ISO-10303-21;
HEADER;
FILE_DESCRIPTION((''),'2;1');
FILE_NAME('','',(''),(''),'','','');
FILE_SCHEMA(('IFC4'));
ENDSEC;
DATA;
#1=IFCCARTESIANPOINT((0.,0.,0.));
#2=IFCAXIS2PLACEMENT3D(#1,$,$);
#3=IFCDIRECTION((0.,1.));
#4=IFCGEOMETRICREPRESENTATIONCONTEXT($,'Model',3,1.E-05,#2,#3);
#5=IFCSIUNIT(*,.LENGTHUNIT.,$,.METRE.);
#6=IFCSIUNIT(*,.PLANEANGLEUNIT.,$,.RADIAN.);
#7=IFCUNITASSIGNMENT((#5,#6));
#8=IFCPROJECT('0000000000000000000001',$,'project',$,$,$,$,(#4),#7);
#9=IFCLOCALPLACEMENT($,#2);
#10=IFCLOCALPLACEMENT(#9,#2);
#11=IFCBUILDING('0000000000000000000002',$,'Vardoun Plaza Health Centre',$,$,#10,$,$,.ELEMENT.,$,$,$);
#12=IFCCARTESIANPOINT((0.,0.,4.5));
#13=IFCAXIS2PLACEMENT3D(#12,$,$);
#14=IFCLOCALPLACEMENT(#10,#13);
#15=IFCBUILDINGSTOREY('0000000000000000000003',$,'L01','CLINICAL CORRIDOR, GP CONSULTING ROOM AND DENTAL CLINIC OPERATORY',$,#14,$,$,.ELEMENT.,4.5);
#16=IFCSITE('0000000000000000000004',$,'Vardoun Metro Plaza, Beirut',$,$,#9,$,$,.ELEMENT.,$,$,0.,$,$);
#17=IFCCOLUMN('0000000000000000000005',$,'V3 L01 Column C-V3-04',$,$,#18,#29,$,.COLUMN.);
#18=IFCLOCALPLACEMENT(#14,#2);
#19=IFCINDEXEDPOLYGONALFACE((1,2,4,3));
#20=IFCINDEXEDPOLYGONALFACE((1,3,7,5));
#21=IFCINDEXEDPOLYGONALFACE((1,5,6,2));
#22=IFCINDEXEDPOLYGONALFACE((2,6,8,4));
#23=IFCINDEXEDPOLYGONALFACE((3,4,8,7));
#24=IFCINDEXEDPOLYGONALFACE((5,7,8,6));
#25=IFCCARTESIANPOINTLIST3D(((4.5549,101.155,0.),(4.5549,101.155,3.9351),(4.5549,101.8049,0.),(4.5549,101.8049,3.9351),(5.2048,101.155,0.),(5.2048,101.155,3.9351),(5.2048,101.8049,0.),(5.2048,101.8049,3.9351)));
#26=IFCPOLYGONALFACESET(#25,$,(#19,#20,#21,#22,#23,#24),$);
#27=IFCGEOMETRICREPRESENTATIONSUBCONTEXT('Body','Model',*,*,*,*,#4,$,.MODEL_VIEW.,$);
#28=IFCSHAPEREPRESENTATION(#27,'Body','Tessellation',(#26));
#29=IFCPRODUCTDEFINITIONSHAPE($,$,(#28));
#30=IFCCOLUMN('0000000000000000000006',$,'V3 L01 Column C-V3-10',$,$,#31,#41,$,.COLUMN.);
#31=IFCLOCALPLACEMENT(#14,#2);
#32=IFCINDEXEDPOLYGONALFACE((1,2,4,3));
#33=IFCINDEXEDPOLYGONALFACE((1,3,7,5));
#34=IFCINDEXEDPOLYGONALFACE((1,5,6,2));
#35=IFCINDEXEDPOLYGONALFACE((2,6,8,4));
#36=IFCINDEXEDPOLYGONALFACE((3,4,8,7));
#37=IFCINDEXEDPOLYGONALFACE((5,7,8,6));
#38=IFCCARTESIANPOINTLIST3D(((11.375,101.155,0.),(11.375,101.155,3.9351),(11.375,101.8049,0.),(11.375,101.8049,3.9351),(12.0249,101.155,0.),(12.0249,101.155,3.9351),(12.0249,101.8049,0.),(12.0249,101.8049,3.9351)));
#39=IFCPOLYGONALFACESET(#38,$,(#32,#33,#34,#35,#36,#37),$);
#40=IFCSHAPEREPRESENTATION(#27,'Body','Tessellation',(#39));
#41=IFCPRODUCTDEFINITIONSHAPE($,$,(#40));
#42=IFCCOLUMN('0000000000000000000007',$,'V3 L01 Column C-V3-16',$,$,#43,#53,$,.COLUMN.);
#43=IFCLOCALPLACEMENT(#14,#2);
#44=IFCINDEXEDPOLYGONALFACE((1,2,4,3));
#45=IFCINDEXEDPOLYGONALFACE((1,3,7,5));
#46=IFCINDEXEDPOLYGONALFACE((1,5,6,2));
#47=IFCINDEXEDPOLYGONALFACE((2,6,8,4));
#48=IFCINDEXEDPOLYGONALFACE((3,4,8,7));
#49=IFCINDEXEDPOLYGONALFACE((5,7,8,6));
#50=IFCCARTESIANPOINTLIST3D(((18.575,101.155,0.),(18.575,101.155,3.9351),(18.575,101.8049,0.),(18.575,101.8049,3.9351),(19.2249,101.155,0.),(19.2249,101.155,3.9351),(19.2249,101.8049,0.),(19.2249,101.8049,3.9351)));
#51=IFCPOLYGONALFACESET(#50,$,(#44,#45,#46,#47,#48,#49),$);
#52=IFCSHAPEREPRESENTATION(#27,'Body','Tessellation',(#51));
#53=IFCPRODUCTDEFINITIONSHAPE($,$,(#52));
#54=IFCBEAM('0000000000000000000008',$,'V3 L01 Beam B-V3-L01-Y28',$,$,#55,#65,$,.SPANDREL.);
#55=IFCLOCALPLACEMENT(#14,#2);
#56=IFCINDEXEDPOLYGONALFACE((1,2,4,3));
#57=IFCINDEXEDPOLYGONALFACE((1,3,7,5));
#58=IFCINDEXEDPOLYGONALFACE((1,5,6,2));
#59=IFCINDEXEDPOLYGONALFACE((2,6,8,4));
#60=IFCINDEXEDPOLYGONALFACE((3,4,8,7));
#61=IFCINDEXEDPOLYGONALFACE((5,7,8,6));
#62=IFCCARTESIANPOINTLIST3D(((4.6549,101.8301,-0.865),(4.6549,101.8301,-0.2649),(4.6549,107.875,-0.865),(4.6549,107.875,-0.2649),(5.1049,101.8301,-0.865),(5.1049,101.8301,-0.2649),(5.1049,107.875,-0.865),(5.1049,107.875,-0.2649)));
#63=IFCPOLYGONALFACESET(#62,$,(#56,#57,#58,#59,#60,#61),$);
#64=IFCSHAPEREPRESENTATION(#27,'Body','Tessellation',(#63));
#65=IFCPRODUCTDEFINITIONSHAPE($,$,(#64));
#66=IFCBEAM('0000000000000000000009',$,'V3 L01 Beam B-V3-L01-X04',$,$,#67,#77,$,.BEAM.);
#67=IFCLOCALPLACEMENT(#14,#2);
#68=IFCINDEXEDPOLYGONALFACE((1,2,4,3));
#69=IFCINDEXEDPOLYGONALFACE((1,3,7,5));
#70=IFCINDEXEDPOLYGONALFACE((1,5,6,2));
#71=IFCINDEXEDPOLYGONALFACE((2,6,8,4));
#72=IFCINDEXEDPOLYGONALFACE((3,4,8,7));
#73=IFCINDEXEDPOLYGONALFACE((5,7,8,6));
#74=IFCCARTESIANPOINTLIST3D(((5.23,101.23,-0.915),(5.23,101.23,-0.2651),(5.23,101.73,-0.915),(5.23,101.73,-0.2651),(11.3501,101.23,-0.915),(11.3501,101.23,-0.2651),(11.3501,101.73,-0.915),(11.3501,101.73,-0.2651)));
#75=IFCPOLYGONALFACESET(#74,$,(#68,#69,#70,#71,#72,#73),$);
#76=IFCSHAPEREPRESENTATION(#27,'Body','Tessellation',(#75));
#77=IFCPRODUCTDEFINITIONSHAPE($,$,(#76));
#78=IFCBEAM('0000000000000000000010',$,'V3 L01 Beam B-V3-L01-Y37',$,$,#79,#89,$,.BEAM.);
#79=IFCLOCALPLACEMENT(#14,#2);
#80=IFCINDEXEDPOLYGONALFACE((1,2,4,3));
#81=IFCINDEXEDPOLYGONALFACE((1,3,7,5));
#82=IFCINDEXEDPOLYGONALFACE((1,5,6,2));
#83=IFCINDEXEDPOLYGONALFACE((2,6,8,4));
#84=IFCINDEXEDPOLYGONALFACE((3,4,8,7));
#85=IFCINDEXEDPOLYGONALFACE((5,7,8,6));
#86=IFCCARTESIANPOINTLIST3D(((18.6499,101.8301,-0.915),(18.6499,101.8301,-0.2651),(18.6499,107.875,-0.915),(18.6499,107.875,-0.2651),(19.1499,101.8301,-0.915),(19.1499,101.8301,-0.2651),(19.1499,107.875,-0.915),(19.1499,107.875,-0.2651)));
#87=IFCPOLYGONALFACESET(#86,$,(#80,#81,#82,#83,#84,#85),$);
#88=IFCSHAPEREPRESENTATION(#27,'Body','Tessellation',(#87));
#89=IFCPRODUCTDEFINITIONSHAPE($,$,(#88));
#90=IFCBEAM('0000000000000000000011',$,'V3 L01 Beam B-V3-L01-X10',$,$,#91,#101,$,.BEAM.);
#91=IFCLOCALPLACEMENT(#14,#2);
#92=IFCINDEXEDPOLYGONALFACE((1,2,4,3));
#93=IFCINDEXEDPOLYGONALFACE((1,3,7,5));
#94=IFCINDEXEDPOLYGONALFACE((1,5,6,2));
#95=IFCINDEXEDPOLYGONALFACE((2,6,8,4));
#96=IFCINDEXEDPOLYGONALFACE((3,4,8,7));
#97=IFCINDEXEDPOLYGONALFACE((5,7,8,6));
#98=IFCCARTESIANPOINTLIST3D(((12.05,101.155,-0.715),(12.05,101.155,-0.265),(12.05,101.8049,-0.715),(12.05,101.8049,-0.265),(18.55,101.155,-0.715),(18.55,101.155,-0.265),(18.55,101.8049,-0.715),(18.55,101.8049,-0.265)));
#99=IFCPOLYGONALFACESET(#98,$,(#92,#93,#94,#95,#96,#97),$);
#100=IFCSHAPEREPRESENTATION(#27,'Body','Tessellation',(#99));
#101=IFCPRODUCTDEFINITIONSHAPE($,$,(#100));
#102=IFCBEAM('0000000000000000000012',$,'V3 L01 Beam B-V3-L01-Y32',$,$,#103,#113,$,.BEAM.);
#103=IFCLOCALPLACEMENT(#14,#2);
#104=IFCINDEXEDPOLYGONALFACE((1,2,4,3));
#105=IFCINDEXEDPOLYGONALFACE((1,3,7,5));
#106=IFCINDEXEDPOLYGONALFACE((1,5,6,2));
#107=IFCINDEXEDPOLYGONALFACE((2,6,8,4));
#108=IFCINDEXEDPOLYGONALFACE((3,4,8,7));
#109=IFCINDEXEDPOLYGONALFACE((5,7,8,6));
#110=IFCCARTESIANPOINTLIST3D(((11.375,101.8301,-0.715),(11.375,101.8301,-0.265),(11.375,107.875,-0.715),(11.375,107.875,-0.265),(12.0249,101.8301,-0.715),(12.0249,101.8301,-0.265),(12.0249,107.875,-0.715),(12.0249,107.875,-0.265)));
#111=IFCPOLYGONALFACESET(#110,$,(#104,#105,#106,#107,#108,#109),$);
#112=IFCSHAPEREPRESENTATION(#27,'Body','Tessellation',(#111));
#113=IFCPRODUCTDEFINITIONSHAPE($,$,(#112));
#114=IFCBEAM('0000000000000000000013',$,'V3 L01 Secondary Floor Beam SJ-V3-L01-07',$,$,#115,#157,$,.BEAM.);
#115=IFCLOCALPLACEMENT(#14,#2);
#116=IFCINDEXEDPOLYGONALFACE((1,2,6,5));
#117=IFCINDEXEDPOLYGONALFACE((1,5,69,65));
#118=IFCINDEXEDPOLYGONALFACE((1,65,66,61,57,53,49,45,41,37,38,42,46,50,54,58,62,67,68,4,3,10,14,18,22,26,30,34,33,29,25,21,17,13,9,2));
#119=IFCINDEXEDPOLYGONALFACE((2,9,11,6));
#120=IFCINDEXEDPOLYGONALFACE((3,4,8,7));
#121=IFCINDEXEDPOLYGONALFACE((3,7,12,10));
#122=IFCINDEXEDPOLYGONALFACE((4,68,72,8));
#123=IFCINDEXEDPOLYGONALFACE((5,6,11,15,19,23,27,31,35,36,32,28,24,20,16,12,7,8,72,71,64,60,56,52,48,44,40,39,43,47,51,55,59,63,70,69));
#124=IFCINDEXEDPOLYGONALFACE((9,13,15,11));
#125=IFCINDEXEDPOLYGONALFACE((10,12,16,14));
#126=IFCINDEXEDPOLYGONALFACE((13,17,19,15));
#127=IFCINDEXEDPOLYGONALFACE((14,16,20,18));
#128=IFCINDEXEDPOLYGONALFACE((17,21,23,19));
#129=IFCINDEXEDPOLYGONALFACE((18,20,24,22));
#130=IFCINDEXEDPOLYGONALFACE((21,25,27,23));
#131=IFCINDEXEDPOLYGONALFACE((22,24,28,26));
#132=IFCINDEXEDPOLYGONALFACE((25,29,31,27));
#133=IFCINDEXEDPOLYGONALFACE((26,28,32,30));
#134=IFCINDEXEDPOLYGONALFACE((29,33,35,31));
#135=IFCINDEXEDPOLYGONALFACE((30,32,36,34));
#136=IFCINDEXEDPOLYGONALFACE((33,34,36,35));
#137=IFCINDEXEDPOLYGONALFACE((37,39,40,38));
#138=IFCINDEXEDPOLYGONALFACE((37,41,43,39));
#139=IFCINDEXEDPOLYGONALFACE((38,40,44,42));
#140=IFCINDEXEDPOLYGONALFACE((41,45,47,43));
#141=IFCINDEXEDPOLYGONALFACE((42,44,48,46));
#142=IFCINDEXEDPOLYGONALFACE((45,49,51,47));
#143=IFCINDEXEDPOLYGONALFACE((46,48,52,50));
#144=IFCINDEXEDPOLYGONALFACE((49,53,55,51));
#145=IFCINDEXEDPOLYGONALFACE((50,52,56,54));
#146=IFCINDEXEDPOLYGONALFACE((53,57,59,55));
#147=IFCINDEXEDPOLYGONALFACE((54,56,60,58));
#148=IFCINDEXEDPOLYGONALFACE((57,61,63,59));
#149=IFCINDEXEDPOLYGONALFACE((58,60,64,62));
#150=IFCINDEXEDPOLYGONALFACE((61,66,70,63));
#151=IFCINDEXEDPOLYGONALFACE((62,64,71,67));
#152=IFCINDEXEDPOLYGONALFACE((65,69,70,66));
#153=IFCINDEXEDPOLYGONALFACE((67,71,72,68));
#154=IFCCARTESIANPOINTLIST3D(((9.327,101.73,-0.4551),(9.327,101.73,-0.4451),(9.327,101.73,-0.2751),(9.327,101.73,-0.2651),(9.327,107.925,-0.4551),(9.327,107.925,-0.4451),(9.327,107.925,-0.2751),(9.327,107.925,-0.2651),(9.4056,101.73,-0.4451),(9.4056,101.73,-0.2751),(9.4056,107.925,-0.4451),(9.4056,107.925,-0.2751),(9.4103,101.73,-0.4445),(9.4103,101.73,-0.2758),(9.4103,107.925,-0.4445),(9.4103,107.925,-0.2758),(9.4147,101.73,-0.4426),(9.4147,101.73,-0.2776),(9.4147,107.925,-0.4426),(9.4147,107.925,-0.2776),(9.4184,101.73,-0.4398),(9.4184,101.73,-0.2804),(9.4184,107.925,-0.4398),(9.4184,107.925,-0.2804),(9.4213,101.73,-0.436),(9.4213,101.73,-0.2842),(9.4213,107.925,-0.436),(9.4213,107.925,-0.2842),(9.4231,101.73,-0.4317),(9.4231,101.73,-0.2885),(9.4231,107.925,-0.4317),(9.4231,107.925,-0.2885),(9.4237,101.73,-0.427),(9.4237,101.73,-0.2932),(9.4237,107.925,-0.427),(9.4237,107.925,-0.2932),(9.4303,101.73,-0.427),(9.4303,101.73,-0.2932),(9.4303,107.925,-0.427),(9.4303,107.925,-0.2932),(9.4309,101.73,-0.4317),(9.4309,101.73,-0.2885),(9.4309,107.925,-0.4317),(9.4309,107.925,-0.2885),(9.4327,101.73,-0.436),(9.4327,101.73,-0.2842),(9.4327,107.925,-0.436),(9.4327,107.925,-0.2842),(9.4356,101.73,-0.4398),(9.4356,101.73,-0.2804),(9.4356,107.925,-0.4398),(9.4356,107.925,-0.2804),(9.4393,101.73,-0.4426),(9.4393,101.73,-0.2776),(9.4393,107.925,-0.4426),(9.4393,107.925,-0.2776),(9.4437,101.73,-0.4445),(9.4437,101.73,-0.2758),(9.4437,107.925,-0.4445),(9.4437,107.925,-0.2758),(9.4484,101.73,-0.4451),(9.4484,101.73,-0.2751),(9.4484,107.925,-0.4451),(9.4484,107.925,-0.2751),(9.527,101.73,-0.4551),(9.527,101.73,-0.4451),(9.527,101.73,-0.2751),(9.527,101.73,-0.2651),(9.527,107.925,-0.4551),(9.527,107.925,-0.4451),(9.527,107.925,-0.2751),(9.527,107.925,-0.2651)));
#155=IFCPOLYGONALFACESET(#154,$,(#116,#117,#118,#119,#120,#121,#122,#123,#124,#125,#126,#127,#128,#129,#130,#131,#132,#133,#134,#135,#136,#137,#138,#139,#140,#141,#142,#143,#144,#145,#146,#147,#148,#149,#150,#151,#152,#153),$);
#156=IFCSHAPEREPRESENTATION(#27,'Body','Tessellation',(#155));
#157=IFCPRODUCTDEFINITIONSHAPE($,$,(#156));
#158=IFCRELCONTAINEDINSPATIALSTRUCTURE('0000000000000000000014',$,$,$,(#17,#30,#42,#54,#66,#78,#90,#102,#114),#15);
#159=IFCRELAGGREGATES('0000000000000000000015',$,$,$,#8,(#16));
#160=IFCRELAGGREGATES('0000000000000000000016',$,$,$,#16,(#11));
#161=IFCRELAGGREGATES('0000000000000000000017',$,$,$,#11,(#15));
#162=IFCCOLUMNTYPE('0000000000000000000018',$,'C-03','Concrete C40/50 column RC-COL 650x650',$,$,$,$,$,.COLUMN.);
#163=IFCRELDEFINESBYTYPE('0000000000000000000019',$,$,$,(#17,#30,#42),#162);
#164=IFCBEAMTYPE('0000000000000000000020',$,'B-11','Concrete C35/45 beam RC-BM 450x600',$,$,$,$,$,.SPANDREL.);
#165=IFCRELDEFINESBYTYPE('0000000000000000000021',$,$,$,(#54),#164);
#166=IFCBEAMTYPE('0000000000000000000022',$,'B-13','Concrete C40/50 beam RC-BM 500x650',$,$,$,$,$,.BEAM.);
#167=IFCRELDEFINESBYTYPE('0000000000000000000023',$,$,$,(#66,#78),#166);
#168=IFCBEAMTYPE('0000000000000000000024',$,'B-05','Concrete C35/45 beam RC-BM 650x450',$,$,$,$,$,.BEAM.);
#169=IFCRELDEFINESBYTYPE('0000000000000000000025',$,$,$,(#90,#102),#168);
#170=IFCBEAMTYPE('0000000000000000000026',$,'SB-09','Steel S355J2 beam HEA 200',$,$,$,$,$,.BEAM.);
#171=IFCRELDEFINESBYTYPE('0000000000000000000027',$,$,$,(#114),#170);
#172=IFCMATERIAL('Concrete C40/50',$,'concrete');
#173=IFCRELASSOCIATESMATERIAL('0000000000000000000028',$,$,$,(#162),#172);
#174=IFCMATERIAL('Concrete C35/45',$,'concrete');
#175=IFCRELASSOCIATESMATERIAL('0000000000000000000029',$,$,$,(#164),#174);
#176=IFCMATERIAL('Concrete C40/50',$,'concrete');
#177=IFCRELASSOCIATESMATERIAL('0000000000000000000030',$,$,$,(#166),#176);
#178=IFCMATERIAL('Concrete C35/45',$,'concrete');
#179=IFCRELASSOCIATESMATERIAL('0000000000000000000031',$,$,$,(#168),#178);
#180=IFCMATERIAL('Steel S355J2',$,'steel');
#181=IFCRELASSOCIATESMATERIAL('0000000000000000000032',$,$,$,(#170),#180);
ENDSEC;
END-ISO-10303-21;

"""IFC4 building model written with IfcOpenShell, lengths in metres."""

from ifc_helpers import new_model, si_unit, direction, frame, origin, origin_2d, place, context, subcontext, project, spatial, rectangle, i_section, extrude, material, material_profile, profile_set, type_object, element, save


model = new_model("IFC4")

# Units and contexts
model_context = context("Model", 3, precision=1e-05, world=origin(), true_north=direction((0.0, 1.0)))
body_context = subcontext(model_context, "Body", "Model", "MODEL_VIEW")
ifc_project = project(units=[si_unit("LENGTHUNIT", "METRE"), si_unit("PLANEANGLEUNIT", "RADIAN")], contexts=[model_context])

# Site, building, storey
site_placement = place(None, origin())
site = spatial("IfcSite", under=ifc_project, at=site_placement, Name="Vardoun Metro Plaza, Beirut", CompositionType="ELEMENT", RefElevation=0.0)
building_placement = place(site_placement, origin())
building = spatial("IfcBuilding", under=site, at=building_placement, Name="Vardoun Plaza Health Centre", CompositionType="ELEMENT")
storey_placement = place(building_placement, frame((0.0, 0.0, 4.5)))
storey = spatial("IfcBuildingStorey", under=building, at=storey_placement, Name="L01", Description="CLINICAL CORRIDOR, GP CONSULTING ROOM AND DENTAL CLINIC OPERATORY", CompositionType="ELEMENT", Elevation=4.5)

# Columns
ifc_material_1 = material(Name="Concrete C40/50", Category="concrete")
ifc_material_profile_1 = material_profile(ifc_material_1, rectangle(XDim=0.6499, YDim=0.6499, at=origin_2d()), Name="RC-COL 650x650")
ifc_profile_set_1 = profile_set([ifc_material_profile_1], Name="Concrete C40/50")
column_type = type_object("IfcColumnType", Name="C-03", Description="Concrete C40/50 column RC-COL 650x650", PredefinedType="COLUMN", material=ifc_profile_set_1)
for number, where, z_axis, x_axis, name in (
    (1, (4.8799, 101.48, 0.0), (0.0, 0.0, 1.0), (1.0, 0.0, 0.0), "V3 L01 Column C-V3-04"),
    (2, (11.7, 101.48, 0.0), (0.0, 0.0, 1.0), (1.0, 0.0, 0.0), "V3 L01 Column C-V3-10"),
    (3, (18.8999, 101.48, 0.0), (0.0, 0.0, 1.0), (1.0, 0.0, 0.0), "V3 L01 Column C-V3-16"),
):
    element("IfcColumn", number, at=place(storey_placement, frame(where, z_axis=z_axis, x_axis=x_axis)), inside=storey, type_object=column_type, Name=name, PredefinedType="COLUMN", context=body_context, shape_type="SweptSolid", body=[
        extrude(rectangle(XDim=0.6499, YDim=0.6499, at=origin_2d()), origin(), (0.0, 0.0, 1.0), 3.9351),
    ])

# Beams
ifc_material_2 = material(Name="Concrete C35/45", Category="concrete")
ifc_material_profile_2 = material_profile(ifc_material_2, rectangle(XDim=0.45, YDim=0.6001, at=origin_2d()), Name="RC-BM 450x600")
ifc_profile_set_2 = profile_set([ifc_material_profile_2], Name="Concrete C35/45")
beam_type_1 = type_object("IfcBeamType", Name="B-11", Description="Concrete C35/45 beam RC-BM 450x600", PredefinedType="SPANDREL", material=ifc_profile_set_2)
beam_1_placement = place(storey_placement, frame((4.8799, 101.8301, -0.5649), z_axis=(0.0, 1.0, 0.0), x_axis=(-1.0, 0.0, 0.0)))
element("IfcBeam", 4, at=beam_1_placement, inside=storey, type_object=beam_type_1, Name="V3 L01 Beam B-V3-L01-Y28", PredefinedType="SPANDREL", context=body_context, shape_type="SweptSolid", body=[
    extrude(rectangle(XDim=0.45, YDim=0.6001, at=origin_2d()), origin(), (0.0, 0.0, 1.0), 6.0449),
])
ifc_material_3 = material(Name="Concrete C40/50", Category="concrete")
ifc_material_profile_3 = material_profile(ifc_material_3, rectangle(XDim=0.5, YDim=0.6499, at=origin_2d()), Name="RC-BM 500x650")
ifc_profile_set_3 = profile_set([ifc_material_profile_3], Name="Concrete C40/50")
beam_type_2 = type_object("IfcBeamType", Name="B-13", Description="Concrete C40/50 beam RC-BM 500x650", PredefinedType="BEAM", material=ifc_profile_set_3)
beam_2_placement = place(storey_placement, frame((5.23, 101.48, -0.5901), z_axis=(1.0, 0.0, 0.0), x_axis=(0.0, 1.0, 0.0)))
element("IfcBeam", 5, at=beam_2_placement, inside=storey, type_object=beam_type_2, Name="V3 L01 Beam B-V3-L01-X04", PredefinedType="BEAM", context=body_context, shape_type="SweptSolid", body=[
    extrude(rectangle(XDim=0.5, YDim=0.6499, at=origin_2d()), origin(), (0.0, 0.0, 1.0), 6.1201),
])
beam_3_placement = place(storey_placement, frame((18.8999, 101.8301, -0.5901), z_axis=(0.0, 1.0, 0.0), x_axis=(-1.0, 0.0, 0.0)))
element("IfcBeam", 6, at=beam_3_placement, inside=storey, type_object=beam_type_2, Name="V3 L01 Beam B-V3-L01-Y37", PredefinedType="BEAM", context=body_context, shape_type="SweptSolid", body=[
    extrude(rectangle(XDim=0.5, YDim=0.6499, at=origin_2d()), origin(), (0.0, 0.0, 1.0), 6.0449),
])
ifc_material_4 = material(Name="Concrete C35/45", Category="concrete")
ifc_material_profile_4 = material_profile(ifc_material_4, rectangle(XDim=0.6499, YDim=0.45, at=origin_2d()), Name="RC-BM 650x450")
ifc_profile_set_4 = profile_set([ifc_material_profile_4], Name="Concrete C35/45")
beam_type_3 = type_object("IfcBeamType", Name="B-05", Description="Concrete C35/45 beam RC-BM 650x450", PredefinedType="BEAM", material=ifc_profile_set_4)
beam_4_placement = place(storey_placement, frame((12.05, 101.48, -0.49), z_axis=(1.0, 0.0, 0.0), x_axis=(0.0, 1.0, 0.0)))
element("IfcBeam", 7, at=beam_4_placement, inside=storey, type_object=beam_type_3, Name="V3 L01 Beam B-V3-L01-X10", PredefinedType="BEAM", context=body_context, shape_type="SweptSolid", body=[
    extrude(rectangle(XDim=0.6499, YDim=0.45, at=origin_2d()), origin(), (0.0, 0.0, 1.0), 6.5),
])
beam_5_placement = place(storey_placement, frame((11.7, 101.8301, -0.49), z_axis=(0.0, 1.0, 0.0), x_axis=(-1.0, 0.0, 0.0)))
element("IfcBeam", 8, at=beam_5_placement, inside=storey, type_object=beam_type_3, Name="V3 L01 Beam B-V3-L01-Y32", PredefinedType="BEAM", context=body_context, shape_type="SweptSolid", body=[
    extrude(rectangle(XDim=0.6499, YDim=0.45, at=origin_2d()), origin(), (0.0, 0.0, 1.0), 6.0449),
])
ifc_material_5 = material(Name="Steel S355J2", Category="steel")
ifc_material_profile_5 = material_profile(ifc_material_5, i_section(OverallWidth=0.2, OverallDepth=0.1899, WebThickness=0.0066, FlangeThickness=0.01, FilletRadius=0.0181, at=origin_2d()), Name="HEA 200")
ifc_profile_set_5 = profile_set([ifc_material_profile_5], Name="Steel S355J2")
beam_type_4 = type_object("IfcBeamType", Name="SB-09", Description="Steel S355J2 beam HEA 200", PredefinedType="BEAM", material=ifc_profile_set_5)
beam_6_placement = place(storey_placement, frame((9.427, 101.73, -0.3601), z_axis=(0.0, 1.0, 0.0), x_axis=(-1.0, 0.0, 0.0)))
element("IfcBeam", 9, at=beam_6_placement, inside=storey, type_object=beam_type_4, Name="V3 L01 Secondary Floor Beam SJ-V3-L01-07", PredefinedType="BEAM", context=body_context, shape_type="SweptSolid", body=[
    extrude(i_section(OverallWidth=0.2, OverallDepth=0.1899, WebThickness=0.0066, FlangeThickness=0.01, FilletRadius=0.0181, at=origin_2d()), origin(), (0.0, 0.0, 1.0), 6.1951),
])

save(model, "model.ifc")
